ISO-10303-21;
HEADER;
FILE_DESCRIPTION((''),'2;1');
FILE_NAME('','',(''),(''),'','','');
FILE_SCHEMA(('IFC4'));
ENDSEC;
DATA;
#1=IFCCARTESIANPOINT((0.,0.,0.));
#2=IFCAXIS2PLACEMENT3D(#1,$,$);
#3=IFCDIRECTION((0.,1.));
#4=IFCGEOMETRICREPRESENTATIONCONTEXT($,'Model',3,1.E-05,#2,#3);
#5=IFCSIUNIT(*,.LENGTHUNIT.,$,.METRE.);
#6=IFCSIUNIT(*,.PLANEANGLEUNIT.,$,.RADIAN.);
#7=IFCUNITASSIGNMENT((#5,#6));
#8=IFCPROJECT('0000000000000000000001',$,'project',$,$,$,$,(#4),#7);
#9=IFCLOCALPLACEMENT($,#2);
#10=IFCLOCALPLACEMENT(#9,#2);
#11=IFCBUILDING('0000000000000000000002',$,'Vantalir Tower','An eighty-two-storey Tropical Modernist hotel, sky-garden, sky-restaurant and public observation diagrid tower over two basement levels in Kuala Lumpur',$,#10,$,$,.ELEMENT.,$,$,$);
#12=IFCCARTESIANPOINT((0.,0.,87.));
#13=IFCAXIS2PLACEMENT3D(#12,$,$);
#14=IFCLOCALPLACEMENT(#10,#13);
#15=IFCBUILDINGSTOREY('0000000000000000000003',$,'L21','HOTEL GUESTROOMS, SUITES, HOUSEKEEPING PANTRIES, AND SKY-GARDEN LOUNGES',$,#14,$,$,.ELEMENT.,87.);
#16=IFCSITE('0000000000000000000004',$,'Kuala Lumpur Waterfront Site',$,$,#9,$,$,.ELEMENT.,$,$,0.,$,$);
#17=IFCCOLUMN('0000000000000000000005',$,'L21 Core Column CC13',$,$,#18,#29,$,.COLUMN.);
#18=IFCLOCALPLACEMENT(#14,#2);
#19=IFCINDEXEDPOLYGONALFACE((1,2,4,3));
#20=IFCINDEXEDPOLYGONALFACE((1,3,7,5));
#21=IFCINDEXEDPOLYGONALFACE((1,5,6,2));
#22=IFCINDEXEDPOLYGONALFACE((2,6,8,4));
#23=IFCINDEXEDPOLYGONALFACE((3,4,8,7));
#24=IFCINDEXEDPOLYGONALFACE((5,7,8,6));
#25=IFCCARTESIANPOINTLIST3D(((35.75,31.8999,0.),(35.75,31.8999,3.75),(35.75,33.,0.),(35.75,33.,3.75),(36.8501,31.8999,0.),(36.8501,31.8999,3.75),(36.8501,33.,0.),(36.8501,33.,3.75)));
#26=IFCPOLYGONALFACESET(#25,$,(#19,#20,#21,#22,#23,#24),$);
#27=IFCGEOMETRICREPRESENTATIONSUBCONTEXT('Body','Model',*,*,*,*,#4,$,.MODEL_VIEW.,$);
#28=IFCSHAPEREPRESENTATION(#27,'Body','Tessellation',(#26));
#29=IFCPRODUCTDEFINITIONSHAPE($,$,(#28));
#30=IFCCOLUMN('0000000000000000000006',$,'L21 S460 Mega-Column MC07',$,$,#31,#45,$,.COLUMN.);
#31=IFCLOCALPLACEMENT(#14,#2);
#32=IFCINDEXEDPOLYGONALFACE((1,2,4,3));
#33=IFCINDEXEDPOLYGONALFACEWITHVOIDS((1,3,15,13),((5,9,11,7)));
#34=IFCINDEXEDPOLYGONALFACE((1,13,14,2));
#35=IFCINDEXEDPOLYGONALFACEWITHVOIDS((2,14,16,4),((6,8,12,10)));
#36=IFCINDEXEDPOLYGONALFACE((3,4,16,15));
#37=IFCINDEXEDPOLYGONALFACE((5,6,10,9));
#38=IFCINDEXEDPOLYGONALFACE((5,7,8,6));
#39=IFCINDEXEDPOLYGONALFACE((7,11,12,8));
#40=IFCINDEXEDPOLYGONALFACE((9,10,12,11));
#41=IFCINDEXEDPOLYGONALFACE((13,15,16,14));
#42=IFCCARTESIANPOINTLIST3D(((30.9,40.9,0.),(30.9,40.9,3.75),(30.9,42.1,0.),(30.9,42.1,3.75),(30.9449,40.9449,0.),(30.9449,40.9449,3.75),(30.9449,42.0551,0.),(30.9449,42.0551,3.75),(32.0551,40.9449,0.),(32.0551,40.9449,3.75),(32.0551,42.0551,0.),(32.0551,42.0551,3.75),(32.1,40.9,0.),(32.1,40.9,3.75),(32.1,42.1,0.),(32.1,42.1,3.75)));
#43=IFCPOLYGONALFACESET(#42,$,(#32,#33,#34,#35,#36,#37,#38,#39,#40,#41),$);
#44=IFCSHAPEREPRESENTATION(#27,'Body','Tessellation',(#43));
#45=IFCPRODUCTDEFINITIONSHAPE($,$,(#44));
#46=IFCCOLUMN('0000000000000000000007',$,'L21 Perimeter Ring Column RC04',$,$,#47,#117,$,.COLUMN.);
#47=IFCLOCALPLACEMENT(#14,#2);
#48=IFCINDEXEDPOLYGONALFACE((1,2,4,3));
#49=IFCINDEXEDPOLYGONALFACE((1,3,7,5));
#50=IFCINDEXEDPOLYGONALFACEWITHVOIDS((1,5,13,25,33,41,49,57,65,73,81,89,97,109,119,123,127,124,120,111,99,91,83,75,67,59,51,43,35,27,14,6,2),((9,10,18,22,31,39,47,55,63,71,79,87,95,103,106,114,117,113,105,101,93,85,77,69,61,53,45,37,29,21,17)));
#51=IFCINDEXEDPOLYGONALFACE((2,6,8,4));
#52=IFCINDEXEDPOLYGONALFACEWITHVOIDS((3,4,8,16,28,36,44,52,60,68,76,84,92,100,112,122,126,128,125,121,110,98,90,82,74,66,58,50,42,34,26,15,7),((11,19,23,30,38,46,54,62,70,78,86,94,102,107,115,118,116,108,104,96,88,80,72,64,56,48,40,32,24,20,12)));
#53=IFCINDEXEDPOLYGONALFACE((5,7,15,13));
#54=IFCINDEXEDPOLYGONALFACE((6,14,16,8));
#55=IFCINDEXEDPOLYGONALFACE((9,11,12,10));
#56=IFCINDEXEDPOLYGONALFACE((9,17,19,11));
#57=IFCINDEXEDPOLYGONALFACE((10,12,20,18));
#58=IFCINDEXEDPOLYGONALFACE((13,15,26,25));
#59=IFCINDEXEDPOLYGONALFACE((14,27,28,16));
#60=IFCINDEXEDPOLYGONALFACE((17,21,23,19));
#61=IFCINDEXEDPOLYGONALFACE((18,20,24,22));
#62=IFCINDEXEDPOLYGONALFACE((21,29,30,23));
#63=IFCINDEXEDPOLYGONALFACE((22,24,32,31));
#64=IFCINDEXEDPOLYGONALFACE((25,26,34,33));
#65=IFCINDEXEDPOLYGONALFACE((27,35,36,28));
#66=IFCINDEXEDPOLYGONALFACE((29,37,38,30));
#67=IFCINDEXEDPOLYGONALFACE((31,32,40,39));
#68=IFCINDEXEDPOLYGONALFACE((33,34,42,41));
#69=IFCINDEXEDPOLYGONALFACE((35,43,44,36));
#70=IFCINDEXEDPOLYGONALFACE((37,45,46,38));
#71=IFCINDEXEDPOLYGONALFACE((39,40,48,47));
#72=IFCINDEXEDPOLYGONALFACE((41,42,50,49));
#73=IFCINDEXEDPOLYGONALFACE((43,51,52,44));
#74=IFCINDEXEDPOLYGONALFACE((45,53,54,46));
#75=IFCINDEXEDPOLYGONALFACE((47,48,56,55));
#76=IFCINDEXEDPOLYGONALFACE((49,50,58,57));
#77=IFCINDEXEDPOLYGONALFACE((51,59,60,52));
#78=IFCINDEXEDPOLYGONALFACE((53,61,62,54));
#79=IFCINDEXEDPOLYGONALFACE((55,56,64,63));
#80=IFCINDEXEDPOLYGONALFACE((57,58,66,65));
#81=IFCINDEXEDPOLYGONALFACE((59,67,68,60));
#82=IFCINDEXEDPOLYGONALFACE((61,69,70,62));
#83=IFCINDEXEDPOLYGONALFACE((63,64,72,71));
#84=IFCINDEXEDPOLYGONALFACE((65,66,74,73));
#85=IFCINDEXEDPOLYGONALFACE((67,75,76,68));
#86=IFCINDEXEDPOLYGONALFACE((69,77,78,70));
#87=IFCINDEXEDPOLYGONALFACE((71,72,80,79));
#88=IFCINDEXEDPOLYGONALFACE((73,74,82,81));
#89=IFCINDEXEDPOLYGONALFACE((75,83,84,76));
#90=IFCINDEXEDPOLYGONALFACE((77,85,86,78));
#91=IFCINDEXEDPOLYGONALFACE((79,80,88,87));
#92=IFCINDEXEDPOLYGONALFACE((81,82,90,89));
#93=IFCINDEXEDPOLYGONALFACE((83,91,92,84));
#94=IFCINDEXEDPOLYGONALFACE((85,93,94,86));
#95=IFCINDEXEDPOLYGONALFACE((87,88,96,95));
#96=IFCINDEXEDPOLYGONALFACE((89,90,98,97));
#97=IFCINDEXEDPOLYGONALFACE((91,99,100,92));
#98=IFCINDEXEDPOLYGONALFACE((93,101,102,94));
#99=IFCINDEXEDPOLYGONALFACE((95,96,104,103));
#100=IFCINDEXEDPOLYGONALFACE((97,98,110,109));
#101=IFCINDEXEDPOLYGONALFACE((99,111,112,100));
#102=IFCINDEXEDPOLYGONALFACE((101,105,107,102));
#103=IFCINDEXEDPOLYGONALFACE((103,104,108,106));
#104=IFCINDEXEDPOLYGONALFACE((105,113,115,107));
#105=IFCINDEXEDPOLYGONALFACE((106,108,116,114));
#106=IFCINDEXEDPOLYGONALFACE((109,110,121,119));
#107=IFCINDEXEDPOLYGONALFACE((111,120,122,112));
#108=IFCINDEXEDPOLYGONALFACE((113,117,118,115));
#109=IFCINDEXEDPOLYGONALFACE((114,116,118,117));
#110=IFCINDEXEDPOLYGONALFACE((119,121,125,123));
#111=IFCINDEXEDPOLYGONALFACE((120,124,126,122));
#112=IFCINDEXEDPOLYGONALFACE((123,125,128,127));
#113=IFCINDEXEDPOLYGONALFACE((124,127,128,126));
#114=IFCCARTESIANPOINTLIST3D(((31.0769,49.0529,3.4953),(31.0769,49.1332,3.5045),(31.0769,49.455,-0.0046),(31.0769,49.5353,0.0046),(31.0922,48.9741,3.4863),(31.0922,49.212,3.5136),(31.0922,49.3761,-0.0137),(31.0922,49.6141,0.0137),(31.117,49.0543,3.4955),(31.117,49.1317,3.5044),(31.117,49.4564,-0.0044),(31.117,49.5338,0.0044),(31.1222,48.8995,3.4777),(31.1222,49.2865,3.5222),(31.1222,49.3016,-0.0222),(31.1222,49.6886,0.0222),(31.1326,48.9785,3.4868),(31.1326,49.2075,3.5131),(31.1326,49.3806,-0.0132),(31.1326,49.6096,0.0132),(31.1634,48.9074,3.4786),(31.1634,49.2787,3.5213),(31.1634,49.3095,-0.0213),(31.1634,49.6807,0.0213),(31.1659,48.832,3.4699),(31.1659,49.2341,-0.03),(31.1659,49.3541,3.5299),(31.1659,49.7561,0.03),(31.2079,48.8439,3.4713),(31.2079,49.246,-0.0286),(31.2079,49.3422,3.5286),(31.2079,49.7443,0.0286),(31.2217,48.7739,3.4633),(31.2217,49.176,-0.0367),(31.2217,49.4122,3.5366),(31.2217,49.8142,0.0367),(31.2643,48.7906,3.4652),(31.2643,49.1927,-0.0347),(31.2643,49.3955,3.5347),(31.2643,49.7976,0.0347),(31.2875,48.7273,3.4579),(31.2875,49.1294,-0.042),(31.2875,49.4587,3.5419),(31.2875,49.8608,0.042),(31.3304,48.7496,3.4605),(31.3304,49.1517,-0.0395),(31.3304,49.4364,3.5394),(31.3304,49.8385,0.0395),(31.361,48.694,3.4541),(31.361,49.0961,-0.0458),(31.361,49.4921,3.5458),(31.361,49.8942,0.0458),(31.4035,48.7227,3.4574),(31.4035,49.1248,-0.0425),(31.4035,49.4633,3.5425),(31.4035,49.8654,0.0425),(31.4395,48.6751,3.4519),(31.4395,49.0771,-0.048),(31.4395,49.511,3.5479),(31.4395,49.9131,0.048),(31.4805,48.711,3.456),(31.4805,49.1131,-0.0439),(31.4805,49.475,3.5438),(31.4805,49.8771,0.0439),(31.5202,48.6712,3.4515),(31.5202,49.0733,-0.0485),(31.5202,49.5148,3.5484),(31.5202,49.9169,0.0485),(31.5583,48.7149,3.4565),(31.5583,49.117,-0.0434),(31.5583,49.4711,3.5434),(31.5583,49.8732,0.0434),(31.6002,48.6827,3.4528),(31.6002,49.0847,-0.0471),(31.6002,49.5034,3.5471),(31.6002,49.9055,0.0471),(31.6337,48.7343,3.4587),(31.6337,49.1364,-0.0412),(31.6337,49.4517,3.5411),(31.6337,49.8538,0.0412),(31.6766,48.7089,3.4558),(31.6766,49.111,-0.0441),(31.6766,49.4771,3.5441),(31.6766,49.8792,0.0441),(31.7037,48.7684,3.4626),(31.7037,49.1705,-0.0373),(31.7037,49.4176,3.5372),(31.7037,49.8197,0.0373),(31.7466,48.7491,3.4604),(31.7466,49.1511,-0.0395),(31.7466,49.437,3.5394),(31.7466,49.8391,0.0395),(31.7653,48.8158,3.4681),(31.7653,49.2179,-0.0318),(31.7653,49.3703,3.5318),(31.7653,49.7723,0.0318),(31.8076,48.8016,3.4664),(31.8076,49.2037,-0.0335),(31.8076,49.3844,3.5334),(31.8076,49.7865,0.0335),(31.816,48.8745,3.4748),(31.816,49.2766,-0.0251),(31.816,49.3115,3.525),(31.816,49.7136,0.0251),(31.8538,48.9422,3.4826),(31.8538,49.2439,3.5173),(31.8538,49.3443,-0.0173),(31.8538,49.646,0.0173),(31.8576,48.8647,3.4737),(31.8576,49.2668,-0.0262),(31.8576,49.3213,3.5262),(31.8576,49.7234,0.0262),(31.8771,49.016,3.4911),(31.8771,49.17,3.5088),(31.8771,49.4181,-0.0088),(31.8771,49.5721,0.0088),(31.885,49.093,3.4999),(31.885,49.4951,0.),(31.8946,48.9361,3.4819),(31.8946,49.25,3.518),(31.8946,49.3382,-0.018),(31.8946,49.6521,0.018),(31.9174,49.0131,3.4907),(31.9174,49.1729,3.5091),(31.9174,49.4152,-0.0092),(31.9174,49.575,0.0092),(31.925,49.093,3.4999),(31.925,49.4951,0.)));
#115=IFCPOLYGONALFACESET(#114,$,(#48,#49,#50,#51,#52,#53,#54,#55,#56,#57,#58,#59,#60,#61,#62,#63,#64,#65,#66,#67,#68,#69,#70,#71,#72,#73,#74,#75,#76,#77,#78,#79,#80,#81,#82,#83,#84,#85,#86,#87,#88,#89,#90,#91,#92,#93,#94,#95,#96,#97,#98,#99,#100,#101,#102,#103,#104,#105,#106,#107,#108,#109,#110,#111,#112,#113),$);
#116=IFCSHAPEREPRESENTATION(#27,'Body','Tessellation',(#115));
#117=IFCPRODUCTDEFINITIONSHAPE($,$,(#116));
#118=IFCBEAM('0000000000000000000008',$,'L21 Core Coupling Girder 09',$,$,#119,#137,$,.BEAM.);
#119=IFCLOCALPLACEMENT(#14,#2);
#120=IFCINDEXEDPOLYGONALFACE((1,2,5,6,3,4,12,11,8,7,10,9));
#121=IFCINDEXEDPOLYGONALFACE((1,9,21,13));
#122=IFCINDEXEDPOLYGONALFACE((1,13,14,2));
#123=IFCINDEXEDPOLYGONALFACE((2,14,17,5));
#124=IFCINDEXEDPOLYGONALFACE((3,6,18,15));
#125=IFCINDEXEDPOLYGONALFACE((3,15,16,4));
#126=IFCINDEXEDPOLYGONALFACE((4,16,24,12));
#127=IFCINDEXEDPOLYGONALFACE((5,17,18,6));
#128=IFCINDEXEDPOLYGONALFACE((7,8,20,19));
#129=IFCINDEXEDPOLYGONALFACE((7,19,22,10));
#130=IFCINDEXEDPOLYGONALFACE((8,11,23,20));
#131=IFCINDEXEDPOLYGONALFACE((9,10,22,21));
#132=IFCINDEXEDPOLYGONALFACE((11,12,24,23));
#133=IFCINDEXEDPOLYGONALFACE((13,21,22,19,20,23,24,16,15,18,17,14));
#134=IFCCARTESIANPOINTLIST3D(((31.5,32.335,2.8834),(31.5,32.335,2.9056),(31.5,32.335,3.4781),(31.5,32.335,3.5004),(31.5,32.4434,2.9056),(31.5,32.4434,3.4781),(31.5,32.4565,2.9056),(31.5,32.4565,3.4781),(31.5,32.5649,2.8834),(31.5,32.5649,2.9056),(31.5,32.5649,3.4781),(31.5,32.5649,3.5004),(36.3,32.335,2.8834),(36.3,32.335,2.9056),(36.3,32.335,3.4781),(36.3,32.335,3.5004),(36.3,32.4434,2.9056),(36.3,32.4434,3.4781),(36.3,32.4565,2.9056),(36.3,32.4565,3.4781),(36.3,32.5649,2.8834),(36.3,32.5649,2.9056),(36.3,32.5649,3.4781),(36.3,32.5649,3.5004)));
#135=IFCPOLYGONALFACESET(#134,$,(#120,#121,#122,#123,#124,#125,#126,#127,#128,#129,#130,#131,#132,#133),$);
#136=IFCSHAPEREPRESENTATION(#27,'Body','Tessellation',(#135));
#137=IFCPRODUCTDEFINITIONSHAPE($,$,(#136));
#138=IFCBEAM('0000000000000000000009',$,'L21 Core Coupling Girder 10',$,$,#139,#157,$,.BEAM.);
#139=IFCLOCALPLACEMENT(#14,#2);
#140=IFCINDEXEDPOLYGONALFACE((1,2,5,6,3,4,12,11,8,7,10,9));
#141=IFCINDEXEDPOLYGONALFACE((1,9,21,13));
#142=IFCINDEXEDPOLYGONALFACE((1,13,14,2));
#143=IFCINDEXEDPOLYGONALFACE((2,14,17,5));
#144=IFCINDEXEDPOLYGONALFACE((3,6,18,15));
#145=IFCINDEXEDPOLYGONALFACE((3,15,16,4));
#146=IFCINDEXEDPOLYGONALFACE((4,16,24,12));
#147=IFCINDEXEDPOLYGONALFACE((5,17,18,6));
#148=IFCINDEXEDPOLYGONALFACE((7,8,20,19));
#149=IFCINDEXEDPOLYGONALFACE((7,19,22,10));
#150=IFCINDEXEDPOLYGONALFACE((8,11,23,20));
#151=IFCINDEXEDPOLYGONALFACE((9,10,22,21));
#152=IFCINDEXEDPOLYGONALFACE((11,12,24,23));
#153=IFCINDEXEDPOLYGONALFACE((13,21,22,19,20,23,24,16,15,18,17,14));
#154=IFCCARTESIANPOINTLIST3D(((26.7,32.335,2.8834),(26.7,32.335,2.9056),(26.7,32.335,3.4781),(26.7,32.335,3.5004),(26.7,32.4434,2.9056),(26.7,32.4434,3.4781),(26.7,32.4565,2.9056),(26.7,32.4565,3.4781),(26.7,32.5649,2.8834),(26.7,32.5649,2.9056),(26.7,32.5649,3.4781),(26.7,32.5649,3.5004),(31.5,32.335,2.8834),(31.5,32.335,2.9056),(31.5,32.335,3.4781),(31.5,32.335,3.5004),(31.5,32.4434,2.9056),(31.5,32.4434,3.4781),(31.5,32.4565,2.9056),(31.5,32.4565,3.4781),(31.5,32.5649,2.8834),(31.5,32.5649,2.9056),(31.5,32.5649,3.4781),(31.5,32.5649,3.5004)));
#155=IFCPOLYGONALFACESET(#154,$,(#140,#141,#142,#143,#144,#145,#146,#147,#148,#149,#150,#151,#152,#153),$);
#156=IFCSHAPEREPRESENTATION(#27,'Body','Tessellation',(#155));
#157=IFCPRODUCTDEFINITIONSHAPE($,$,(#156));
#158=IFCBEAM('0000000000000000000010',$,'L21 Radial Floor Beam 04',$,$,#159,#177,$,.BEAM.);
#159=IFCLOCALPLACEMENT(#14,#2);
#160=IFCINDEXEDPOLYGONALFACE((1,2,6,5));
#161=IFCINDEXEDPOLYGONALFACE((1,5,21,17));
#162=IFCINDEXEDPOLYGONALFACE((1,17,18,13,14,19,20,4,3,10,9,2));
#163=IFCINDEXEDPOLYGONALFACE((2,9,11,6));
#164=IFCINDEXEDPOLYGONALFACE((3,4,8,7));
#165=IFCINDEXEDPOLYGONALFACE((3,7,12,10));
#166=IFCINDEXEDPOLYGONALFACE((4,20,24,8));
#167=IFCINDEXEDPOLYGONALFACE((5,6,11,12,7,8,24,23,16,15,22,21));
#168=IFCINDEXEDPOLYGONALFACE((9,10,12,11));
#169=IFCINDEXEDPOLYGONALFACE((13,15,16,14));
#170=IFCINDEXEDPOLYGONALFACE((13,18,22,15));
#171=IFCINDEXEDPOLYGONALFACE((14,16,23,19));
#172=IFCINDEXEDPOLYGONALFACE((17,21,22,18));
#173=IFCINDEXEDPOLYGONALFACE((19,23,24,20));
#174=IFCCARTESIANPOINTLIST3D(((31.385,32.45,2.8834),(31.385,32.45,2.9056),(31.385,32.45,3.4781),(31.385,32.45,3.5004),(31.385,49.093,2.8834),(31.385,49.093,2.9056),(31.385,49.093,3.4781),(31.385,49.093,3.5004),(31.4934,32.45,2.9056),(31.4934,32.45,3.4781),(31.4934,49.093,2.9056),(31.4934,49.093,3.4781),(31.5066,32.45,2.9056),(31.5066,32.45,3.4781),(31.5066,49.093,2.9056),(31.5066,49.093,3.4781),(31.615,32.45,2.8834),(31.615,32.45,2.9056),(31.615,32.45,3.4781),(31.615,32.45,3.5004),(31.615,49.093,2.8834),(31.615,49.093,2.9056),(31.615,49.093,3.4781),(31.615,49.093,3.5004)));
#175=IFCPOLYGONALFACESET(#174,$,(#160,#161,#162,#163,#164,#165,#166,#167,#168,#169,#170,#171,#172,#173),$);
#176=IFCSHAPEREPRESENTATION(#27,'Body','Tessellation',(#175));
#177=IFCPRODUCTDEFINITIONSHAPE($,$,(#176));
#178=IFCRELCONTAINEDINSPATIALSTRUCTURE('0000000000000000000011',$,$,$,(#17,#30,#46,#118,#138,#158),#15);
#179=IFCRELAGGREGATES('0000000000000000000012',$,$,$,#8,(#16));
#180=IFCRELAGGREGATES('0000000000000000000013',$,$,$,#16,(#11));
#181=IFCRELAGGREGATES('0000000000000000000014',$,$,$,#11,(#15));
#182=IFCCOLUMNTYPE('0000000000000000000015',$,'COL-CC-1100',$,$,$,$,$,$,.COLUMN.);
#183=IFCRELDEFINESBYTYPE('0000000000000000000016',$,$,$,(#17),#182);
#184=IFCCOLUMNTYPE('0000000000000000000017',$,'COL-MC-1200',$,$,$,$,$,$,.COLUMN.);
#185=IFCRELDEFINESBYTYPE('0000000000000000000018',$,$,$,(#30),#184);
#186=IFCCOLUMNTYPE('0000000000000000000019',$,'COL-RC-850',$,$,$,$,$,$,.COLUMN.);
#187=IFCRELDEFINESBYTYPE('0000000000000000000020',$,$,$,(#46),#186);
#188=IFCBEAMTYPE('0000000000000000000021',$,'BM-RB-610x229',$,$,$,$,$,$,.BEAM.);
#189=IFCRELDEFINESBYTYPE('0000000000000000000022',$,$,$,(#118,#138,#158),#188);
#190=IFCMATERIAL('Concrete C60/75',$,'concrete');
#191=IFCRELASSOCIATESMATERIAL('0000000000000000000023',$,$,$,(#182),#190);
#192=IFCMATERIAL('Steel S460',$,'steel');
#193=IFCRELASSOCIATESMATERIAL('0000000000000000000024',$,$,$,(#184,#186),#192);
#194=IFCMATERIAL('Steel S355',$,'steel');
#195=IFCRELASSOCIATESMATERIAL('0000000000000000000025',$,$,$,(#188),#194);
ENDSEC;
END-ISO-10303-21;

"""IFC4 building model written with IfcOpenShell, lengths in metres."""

from ifc_helpers import new_model, si_unit, direction, frame, origin, origin_2d, place, context, subcontext, project, spatial, rectangle, hollow_rectangle, hollow_circle, i_section, extrude, material, material_profile, profile_set, type_object, element, save


model = new_model("IFC4")

# Units and contexts
model_context = context("Model", 3, precision=1e-05, world=origin(), true_north=direction((0.0, 1.0)))
body_context = subcontext(model_context, "Body", "Model", "MODEL_VIEW")
ifc_project = project(units=[si_unit("LENGTHUNIT", "METRE"), si_unit("PLANEANGLEUNIT", "RADIAN")], contexts=[model_context])

# Site, building, storey
site_placement = place(None, origin())
site = spatial("IfcSite", under=ifc_project, at=site_placement, Name="Kuala Lumpur Waterfront Site", CompositionType="ELEMENT", RefElevation=0.0)
building_placement = place(site_placement, origin())
building = spatial("IfcBuilding", under=site, at=building_placement, Name="Vantalir Tower", Description="An eighty-two-storey Tropical Modernist hotel, sky-garden, sky-restaurant and public observation diagrid tower over two basement levels in Kuala Lumpur", CompositionType="ELEMENT")
storey_placement = place(building_placement, frame((0.0, 0.0, 87.0)))
storey = spatial("IfcBuildingStorey", under=building, at=storey_placement, Name="L21", Description="HOTEL GUESTROOMS, SUITES, HOUSEKEEPING PANTRIES, AND SKY-GARDEN LOUNGES", CompositionType="ELEMENT", Elevation=87.0)

# Columns
ifc_material_1 = material(Name="Concrete C60/75", Category="concrete")
ifc_material_profile_1 = material_profile(ifc_material_1, rectangle(XDim=1.1001, YDim=1.1001, at=origin_2d()), Name="Concrete C60/75")
ifc_profile_set_1 = profile_set([ifc_material_profile_1], Name="Concrete C60/75")
column_type_1 = type_object("IfcColumnType", Name="COL-CC-1100", PredefinedType="COLUMN", material=ifc_profile_set_1)
column_1_placement = place(storey_placement, frame((36.3, 32.45, 0.0), z_axis=(0.0, 0.0, 1.0), x_axis=(1.0, 0.0, 0.0)))
element("IfcColumn", 1, at=column_1_placement, inside=storey, type_object=column_type_1, Name="L21 Core Column CC13", PredefinedType="COLUMN", context=body_context, shape_type="SweptSolid", body=[
    extrude(rectangle(XDim=1.1001, YDim=1.1001, at=origin_2d()), origin(), (0.0, 0.0, 1.0), 3.75),
])
ifc_material_2 = material(Name="Steel S460", Category="steel")
ifc_material_profile_2 = material_profile(ifc_material_2, hollow_rectangle(XDim=1.2, YDim=1.2, WallThickness=0.0449, at=origin_2d()), Name="Steel S460")
ifc_profile_set_2 = profile_set([ifc_material_profile_2], Name="Steel S460")
column_type_2 = type_object("IfcColumnType", Name="COL-MC-1200", PredefinedType="COLUMN", material=ifc_profile_set_2)
column_2_placement = place(storey_placement, frame((31.5, 41.5, 0.0), z_axis=(0.0, 0.0, 1.0), x_axis=(1.0, 0.0, 0.0)))
element("IfcColumn", 2, at=column_2_placement, inside=storey, type_object=column_type_2, Name="L21 S460 Mega-Column MC07", PredefinedType="COLUMN", context=body_context, shape_type="SweptSolid", body=[
    extrude(hollow_rectangle(XDim=1.2, YDim=1.2, WallThickness=0.0449, at=origin_2d()), origin(), (0.0, 0.0, 1.0), 3.75),
])
ifc_material_profile_3 = material_profile(ifc_material_2, hollow_circle(Radius=0.425, WallThickness=0.04, at=origin_2d()), Name="Steel S460")
ifc_profile_set_3 = profile_set([ifc_material_profile_3], Name="Steel S460")
column_type_3 = type_object("IfcColumnType", Name="COL-RC-850", PredefinedType="COLUMN", material=ifc_profile_set_3)
column_3_placement = place(storey_placement, frame((31.5, 49.4951, 0.0), z_axis=(0.0, -0.114135, 0.993465), x_axis=(1.0, 0.0, 0.0)))
element("IfcColumn", 3, at=column_3_placement, inside=storey, type_object=column_type_3, Name="L21 Perimeter Ring Column RC04", PredefinedType="COLUMN", context=body_context, shape_type="SweptSolid", body=[
    extrude(hollow_circle(Radius=0.425, WallThickness=0.04, at=origin_2d()), origin(), (0.0, 0.0, 1.0), 3.5229),
])

# Beams
ifc_material_3 = material(Name="Steel S355", Category="steel")
ifc_material_profile_4 = material_profile(ifc_material_3, i_section(OverallWidth=0.23, OverallDepth=0.6169, WebThickness=0.0132, FlangeThickness=0.0222, at=origin_2d()), Name="Steel S355")
ifc_profile_set_4 = profile_set([ifc_material_profile_4], Name="Steel S355")
beam_type_1 = type_object("IfcBeamType", Name="BM-RB-610x229", PredefinedType="BEAM", material=ifc_profile_set_4)
for number, where, z_axis, x_axis, name in (
    (4, (36.3, 32.45, 3.1919), (-1.0, 0.0, 0.0), (0.0, -1.0, 0.0), "L21 Core Coupling Girder 09"),
    (5, (31.5, 32.45, 3.1919), (-1.0, 0.0, 0.0), (0.0, -1.0, 0.0), "L21 Core Coupling Girder 10"),
):
    element("IfcBeam", number, at=place(storey_placement, frame(where, z_axis=z_axis, x_axis=x_axis)), inside=storey, type_object=beam_type_1, Name=name, PredefinedType="BEAM", context=body_context, shape_type="SweptSolid", body=[
        extrude(i_section(OverallWidth=0.23, OverallDepth=0.6169, WebThickness=0.0132, FlangeThickness=0.0222, at=origin_2d()), origin(), (0.0, 0.0, 1.0), 4.8),
    ])
beam_1_placement = place(storey_placement, frame((31.5, 49.093, 3.1919), z_axis=(0.0, -1.0, 0.0), x_axis=(1.0, 0.0, 0.0)))
element("IfcBeam", 6, at=beam_1_placement, inside=storey, type_object=beam_type_1, Name="L21 Radial Floor Beam 04", PredefinedType="BEAM", context=body_context, shape_type="SweptSolid", body=[
    extrude(i_section(OverallWidth=0.23, OverallDepth=0.6169, WebThickness=0.0132, FlangeThickness=0.0222, at=origin_2d()), origin(), (0.0, 0.0, 1.0), 16.6431),
])

save(model, "model.ifc")
